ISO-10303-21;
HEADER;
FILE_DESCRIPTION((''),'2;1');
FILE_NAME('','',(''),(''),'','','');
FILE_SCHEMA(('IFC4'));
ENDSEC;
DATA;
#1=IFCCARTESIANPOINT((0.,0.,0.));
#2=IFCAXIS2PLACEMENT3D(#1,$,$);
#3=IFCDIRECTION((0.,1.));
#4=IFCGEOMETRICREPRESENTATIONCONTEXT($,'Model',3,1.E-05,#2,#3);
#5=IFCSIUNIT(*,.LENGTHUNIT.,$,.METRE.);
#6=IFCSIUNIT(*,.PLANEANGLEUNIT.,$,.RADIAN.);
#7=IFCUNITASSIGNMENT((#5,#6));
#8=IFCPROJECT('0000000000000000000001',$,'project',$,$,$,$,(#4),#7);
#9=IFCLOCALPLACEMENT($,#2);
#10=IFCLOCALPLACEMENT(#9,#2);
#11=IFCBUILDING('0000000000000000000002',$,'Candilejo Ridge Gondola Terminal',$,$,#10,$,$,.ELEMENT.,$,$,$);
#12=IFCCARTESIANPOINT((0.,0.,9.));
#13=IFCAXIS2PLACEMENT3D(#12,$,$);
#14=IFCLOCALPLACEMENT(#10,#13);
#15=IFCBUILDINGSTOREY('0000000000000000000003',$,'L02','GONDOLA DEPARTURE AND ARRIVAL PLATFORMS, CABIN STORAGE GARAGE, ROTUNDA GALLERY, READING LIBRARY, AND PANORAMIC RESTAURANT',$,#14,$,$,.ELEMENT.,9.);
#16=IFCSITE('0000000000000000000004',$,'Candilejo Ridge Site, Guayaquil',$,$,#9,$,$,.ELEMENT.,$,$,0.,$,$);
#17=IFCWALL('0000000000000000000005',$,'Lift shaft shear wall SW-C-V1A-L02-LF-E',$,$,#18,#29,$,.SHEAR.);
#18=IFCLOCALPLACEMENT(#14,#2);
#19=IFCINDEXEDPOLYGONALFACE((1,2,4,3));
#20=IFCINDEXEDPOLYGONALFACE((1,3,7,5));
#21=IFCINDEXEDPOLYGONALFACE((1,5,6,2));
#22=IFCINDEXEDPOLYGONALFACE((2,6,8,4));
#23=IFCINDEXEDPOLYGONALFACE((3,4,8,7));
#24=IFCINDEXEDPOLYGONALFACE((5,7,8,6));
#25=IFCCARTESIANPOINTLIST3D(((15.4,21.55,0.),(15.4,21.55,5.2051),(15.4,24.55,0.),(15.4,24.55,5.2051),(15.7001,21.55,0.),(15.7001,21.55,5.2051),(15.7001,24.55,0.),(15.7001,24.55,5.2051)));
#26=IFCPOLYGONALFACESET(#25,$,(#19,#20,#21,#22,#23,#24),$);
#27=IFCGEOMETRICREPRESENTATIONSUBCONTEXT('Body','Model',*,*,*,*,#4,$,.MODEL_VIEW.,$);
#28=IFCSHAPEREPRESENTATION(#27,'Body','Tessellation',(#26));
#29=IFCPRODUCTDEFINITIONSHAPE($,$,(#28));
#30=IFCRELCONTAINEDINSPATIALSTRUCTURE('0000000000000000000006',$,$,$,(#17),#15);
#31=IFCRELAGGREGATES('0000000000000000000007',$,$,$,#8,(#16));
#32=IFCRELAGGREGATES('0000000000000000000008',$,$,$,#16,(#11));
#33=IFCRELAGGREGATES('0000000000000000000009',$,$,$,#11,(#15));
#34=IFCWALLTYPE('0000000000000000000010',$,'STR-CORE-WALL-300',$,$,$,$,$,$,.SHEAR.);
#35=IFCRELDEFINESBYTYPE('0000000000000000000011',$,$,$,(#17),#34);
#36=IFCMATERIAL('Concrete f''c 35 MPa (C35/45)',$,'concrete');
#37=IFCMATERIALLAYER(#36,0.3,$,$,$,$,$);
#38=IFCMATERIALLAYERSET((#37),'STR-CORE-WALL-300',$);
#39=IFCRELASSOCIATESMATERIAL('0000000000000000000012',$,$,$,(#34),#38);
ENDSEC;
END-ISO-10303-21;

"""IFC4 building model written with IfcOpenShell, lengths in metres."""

from ifc_helpers import new_model, si_unit, direction, frame, frame_2d, origin, place, context, subcontext, project, spatial, rectangle, extrude, material, layer, layer_set, type_object, element, save


model = new_model("IFC4")

# Units and contexts
model_context = context("Model", 3, precision=1e-05, world=origin(), true_north=direction((0.0, 1.0)))
body_context = subcontext(model_context, "Body", "Model", "MODEL_VIEW")
ifc_project = project(units=[si_unit("LENGTHUNIT", "METRE"), si_unit("PLANEANGLEUNIT", "RADIAN")], contexts=[model_context])

# Site, building, storey
site_placement = place(None, origin())
site = spatial("IfcSite", under=ifc_project, at=site_placement, Name="Candilejo Ridge Site, Guayaquil", CompositionType="ELEMENT", RefElevation=0.0)
building_placement = place(site_placement, origin())
building = spatial("IfcBuilding", under=site, at=building_placement, Name="Candilejo Ridge Gondola Terminal", CompositionType="ELEMENT")
storey_placement = place(building_placement, frame((0.0, 0.0, 9.0)))
storey = spatial("IfcBuildingStorey", under=building, at=storey_placement, Name="L02", Description="GONDOLA DEPARTURE AND ARRIVAL PLATFORMS, CABIN STORAGE GARAGE, ROTUNDA GALLERY, READING LIBRARY, AND PANORAMIC RESTAURANT", CompositionType="ELEMENT", Elevation=9.0)

# Shared definitions
ifc_material_1 = material(Name="Concrete f'c 35 MPa (C35/45)", Category="concrete")
ifc_layer_1 = layer(ifc_material_1, 0.3)
ifc_layer_set_1 = layer_set([ifc_layer_1], Name="STR-CORE-WALL-300")
wall_type_1 = type_object("IfcWallType", Name="STR-CORE-WALL-300", PredefinedType="SHEAR", material=ifc_layer_set_1)

# Wall
for number, where, z_axis, x_axis, name in (
    (1, (15.55, 21.55, 0.0), (0.0, 0.0, 1.0), (0.0, 1.0, 0.0), "Lift shaft shear wall SW-C-V1A-L02-LF-E"),
):
    element("IfcWall", number, at=place(storey_placement, frame(where, z_axis=z_axis, x_axis=x_axis)), inside=storey, type_object=wall_type_1, Name=name, PredefinedType="SHEAR", context=body_context, shape_type="SweptSolid", body=[
        extrude(rectangle(XDim=3.0, YDim=0.3, at=frame_2d((1.5, 0.0))), origin(), (0.0, 0.0, 1.0), 5.2051),
    ])

save(model, "model.ifc")
